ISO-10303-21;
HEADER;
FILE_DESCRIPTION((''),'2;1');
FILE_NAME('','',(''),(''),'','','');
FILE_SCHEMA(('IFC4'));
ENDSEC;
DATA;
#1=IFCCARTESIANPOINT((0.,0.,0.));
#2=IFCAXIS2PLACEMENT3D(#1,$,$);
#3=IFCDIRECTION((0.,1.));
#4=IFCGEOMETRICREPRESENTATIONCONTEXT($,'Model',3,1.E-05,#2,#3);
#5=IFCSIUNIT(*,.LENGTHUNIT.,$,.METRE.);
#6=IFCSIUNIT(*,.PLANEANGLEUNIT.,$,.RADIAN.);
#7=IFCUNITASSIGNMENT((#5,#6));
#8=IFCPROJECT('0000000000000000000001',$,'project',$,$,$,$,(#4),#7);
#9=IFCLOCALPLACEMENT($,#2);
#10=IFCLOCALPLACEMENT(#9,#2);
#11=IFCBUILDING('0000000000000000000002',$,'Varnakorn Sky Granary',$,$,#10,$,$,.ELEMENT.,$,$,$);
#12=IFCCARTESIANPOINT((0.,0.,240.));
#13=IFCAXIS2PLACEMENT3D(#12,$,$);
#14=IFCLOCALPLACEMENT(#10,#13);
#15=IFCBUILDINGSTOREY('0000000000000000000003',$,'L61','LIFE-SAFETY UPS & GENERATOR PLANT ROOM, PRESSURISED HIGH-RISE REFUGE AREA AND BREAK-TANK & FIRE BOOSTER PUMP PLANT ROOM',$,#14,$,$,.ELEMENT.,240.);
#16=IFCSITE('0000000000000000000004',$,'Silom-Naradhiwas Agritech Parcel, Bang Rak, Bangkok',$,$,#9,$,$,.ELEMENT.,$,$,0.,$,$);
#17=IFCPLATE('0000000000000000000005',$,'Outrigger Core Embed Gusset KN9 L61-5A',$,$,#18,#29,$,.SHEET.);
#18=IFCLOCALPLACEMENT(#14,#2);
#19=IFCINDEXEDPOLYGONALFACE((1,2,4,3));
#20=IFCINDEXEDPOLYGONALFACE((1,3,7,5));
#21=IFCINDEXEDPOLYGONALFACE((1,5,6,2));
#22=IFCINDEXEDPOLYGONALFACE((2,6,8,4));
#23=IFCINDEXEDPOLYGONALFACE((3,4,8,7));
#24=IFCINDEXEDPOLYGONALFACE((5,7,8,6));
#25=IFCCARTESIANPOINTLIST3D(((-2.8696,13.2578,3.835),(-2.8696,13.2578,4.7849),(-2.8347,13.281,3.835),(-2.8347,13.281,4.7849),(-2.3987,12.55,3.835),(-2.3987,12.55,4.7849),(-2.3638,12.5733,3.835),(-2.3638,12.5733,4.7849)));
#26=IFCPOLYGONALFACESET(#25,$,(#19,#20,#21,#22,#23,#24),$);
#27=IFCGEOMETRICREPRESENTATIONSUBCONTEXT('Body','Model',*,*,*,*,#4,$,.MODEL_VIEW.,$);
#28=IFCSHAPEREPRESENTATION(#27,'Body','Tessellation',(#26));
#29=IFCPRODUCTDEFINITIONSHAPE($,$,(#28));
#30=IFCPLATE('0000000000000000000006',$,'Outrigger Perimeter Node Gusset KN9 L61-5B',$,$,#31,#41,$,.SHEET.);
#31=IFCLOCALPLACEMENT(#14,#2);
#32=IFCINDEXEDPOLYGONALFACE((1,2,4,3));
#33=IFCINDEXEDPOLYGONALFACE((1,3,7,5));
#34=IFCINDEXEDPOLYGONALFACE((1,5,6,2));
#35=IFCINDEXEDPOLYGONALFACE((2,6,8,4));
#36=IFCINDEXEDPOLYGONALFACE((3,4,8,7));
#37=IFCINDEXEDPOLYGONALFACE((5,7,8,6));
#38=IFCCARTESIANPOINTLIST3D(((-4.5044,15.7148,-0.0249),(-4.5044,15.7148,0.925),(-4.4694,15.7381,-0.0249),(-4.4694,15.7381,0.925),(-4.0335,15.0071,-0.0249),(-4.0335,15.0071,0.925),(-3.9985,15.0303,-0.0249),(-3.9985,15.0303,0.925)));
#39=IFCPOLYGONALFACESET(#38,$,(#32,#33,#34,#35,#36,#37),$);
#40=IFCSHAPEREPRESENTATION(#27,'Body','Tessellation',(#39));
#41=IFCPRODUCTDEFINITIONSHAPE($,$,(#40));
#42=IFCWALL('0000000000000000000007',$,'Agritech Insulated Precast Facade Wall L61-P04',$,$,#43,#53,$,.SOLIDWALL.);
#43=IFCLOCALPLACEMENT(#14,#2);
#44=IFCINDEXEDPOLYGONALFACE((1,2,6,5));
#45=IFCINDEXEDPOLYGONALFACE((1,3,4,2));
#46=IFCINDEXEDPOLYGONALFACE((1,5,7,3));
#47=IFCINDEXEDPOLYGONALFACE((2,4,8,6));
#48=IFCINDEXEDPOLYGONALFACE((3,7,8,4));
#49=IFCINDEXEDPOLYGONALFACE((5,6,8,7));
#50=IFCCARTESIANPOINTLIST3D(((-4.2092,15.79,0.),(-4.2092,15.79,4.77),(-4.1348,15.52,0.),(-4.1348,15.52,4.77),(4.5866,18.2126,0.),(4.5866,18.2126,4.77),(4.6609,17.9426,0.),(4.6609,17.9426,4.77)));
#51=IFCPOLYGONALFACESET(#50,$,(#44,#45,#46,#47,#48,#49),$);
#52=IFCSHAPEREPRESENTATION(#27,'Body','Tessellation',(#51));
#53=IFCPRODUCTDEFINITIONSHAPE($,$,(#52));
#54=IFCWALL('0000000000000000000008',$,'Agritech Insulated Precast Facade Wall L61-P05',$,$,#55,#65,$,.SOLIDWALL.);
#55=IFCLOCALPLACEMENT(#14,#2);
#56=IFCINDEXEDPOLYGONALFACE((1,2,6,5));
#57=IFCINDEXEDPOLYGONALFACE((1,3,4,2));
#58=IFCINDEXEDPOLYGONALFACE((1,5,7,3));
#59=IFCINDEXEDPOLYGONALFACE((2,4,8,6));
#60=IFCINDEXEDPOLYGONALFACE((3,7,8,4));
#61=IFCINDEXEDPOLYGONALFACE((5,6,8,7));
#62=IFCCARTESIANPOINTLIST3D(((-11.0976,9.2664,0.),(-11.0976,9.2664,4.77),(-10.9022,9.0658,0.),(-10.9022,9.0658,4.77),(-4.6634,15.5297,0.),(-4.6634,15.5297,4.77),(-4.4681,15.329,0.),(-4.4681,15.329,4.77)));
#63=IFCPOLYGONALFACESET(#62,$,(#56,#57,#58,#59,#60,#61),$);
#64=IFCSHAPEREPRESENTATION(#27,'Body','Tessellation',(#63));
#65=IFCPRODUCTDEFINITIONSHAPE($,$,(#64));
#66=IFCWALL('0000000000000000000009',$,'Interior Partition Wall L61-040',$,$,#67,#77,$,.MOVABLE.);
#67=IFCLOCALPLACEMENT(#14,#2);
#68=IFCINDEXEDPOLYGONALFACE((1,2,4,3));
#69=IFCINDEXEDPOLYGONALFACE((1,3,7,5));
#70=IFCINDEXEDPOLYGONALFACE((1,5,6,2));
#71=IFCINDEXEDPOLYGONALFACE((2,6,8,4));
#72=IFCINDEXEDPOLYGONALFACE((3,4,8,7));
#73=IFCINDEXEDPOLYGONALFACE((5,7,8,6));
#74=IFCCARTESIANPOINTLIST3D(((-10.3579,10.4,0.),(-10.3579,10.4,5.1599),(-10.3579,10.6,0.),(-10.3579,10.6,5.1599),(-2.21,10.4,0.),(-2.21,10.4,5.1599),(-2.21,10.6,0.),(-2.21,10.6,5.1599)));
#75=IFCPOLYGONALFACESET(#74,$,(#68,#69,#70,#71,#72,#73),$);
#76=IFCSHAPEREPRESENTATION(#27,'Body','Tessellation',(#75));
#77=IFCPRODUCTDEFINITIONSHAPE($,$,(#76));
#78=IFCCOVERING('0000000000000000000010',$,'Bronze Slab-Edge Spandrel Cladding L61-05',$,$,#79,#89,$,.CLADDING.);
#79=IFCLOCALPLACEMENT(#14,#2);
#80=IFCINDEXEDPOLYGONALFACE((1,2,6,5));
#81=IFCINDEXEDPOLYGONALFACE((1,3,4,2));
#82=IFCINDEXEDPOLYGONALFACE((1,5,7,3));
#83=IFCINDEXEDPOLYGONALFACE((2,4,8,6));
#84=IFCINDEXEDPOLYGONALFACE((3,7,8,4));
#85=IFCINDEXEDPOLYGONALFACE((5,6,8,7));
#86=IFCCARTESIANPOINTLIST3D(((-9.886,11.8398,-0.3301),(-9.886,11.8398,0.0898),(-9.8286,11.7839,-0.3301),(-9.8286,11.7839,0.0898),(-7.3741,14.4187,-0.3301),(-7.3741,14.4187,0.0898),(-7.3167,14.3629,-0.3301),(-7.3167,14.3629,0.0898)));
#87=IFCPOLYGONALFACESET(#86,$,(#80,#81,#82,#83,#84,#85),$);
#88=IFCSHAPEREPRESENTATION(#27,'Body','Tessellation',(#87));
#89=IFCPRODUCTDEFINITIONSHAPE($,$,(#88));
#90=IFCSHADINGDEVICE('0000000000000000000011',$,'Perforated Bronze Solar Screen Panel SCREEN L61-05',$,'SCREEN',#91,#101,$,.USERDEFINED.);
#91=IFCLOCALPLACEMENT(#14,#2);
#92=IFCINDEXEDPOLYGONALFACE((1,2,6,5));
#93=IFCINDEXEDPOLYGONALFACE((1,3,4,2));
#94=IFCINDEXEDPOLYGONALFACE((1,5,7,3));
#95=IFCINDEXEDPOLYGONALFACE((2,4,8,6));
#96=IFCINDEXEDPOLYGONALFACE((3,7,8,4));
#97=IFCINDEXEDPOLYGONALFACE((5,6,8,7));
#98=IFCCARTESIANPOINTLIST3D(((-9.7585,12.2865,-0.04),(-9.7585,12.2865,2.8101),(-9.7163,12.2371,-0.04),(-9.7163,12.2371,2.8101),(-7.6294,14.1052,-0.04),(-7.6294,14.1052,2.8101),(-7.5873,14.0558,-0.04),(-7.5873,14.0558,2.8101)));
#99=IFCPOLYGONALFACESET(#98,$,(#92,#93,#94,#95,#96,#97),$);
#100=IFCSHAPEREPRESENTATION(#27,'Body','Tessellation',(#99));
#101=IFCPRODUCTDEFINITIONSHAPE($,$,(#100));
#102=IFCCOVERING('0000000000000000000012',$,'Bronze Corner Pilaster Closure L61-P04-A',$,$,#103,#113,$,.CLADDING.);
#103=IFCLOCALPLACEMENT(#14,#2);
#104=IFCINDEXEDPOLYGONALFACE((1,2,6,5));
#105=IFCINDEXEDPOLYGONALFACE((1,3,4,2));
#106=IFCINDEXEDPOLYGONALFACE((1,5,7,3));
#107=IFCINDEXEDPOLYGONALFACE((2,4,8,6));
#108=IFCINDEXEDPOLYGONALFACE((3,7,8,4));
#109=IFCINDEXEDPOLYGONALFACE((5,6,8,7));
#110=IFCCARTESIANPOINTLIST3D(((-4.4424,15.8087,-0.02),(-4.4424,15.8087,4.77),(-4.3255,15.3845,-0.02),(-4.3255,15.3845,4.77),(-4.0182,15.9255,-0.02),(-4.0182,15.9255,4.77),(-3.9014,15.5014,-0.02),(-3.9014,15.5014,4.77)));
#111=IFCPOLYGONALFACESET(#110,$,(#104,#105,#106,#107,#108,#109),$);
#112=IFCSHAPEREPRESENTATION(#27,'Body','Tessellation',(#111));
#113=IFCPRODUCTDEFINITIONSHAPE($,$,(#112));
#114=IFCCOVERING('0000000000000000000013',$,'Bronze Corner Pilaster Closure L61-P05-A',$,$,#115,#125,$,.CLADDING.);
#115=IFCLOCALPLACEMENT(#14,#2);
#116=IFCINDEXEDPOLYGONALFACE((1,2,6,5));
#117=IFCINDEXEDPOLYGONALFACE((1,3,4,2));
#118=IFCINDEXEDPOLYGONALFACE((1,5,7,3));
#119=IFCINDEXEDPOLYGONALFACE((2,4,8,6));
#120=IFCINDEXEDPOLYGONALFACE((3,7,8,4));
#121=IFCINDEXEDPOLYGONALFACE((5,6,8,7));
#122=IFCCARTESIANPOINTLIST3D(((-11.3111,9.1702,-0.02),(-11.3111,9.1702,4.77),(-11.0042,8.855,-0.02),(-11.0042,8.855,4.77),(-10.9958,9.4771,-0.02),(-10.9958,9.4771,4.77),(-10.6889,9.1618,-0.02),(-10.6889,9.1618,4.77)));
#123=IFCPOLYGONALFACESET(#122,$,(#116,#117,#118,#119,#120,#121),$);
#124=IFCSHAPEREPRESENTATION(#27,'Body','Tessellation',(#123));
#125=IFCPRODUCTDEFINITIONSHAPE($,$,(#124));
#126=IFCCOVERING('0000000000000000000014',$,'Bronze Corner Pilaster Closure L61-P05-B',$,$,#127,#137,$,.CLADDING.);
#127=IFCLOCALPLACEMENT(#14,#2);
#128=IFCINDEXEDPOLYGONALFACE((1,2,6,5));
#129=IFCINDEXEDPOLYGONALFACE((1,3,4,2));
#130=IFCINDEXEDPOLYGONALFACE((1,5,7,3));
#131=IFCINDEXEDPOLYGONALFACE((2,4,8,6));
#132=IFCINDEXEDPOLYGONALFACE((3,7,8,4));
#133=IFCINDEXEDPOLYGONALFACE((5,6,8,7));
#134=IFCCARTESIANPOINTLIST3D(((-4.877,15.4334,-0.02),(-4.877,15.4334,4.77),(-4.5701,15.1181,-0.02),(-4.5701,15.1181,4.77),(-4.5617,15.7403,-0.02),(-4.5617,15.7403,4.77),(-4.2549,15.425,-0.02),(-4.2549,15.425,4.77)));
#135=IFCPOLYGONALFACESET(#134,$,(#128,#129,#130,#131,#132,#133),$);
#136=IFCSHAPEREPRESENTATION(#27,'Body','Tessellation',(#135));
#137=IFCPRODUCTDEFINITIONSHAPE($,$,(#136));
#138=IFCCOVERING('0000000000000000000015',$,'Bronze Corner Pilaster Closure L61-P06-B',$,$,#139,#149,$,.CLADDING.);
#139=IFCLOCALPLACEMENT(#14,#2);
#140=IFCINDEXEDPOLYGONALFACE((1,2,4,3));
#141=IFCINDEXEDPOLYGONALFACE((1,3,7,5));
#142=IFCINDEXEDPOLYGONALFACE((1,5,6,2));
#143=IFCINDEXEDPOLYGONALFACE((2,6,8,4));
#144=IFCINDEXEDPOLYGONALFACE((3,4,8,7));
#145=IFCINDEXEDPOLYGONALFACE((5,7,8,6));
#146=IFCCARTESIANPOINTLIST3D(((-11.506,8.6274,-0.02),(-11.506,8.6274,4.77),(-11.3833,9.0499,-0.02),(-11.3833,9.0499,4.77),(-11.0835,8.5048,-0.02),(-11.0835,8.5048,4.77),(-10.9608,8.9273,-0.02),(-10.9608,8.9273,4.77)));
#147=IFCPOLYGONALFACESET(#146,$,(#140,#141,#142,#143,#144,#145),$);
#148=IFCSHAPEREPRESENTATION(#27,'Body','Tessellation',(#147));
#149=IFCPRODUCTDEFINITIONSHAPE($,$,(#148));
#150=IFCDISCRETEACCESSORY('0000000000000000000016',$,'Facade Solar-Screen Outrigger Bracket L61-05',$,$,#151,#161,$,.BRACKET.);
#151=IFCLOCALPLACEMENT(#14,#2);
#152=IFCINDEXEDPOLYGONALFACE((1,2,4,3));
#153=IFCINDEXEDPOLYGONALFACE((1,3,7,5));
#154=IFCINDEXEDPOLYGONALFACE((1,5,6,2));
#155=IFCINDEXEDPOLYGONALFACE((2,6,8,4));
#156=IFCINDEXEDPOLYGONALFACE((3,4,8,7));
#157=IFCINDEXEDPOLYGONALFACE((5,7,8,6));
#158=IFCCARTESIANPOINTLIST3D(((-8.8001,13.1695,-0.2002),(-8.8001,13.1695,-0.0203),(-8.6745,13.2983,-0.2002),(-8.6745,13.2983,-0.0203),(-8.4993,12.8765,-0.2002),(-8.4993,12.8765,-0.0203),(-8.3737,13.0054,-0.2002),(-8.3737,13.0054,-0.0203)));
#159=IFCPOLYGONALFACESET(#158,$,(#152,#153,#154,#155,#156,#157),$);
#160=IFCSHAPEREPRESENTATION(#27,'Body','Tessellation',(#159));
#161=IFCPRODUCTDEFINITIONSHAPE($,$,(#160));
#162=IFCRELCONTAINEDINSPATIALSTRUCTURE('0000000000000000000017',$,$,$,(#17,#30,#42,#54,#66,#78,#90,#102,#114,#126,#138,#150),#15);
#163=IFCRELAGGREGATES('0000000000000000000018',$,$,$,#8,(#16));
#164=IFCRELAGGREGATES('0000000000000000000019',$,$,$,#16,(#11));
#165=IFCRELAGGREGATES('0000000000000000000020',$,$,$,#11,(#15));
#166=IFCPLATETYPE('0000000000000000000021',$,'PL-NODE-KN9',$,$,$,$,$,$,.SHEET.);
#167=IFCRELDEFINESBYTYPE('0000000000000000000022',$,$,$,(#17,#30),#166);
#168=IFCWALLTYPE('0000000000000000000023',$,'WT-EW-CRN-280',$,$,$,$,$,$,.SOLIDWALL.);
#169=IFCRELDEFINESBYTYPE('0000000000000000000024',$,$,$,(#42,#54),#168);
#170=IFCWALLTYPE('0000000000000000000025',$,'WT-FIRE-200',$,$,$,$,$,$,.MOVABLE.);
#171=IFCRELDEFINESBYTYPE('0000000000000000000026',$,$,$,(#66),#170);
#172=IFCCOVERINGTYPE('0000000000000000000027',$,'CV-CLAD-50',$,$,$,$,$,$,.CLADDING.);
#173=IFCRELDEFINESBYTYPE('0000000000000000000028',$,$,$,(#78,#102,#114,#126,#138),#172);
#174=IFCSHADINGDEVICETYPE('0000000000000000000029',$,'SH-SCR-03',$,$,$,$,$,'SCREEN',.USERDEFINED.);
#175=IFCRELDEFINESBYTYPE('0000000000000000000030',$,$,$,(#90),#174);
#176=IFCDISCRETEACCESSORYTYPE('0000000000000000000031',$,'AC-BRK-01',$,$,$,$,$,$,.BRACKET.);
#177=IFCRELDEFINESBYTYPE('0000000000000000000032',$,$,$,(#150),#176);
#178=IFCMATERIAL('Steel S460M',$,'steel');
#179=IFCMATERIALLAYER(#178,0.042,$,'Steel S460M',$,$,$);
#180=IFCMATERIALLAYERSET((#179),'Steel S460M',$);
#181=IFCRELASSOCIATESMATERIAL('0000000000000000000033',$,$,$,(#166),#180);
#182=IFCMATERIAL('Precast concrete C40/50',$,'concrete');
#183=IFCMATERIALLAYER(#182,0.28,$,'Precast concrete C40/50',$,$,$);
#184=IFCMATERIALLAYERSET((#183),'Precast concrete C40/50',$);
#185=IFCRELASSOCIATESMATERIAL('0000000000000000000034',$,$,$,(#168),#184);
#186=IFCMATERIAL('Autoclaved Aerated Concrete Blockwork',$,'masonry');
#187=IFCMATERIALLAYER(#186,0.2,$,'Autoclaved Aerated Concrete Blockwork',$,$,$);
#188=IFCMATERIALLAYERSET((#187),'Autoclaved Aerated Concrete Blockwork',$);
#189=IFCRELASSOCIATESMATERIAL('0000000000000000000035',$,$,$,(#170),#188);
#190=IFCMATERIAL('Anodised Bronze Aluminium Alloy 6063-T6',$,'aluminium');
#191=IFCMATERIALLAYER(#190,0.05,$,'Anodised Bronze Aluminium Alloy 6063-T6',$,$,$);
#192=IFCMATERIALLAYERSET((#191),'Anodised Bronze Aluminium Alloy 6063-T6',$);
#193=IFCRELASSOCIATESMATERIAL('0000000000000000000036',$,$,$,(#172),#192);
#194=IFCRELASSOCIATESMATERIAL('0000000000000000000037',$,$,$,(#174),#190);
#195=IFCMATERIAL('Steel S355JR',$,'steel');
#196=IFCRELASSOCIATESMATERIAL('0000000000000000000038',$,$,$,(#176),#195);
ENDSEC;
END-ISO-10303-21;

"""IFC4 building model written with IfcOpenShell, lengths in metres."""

from ifc_helpers import new_model, si_unit, direction, frame, frame_2d, origin, origin_2d, place, context, subcontext, project, spatial, rectangle, extrude, source, transform, mapped, material, layer, layer_set, type_object, type_shapes, element, save


model = new_model("IFC4")

# Units and contexts
model_context = context("Model", 3, precision=1e-05, world=origin(), true_north=direction((0.0, 1.0)))
body_context = subcontext(model_context, "Body", "Model", "MODEL_VIEW")
ifc_project = project(units=[si_unit("LENGTHUNIT", "METRE"), si_unit("PLANEANGLEUNIT", "RADIAN")], contexts=[model_context])

# Site, building, storey
site_placement = place(None, origin())
site = spatial("IfcSite", under=ifc_project, at=site_placement, Name="Silom-Naradhiwas Agritech Parcel, Bang Rak, Bangkok", CompositionType="ELEMENT", RefElevation=0.0)
building_placement = place(site_placement, origin())
building = spatial("IfcBuilding", under=site, at=building_placement, Name="Varnakorn Sky Granary", CompositionType="ELEMENT")
storey_placement = place(building_placement, frame((0.0, 0.0, 240.0)))
storey = spatial("IfcBuildingStorey", under=building, at=storey_placement, Name="L61", Description="LIFE-SAFETY UPS & GENERATOR PLANT ROOM, PRESSURISED HIGH-RISE REFUGE AREA AND BREAK-TANK & FIRE BOOSTER PUMP PLANT ROOM", CompositionType="ELEMENT", Elevation=240.0)

# Shared definitions
ifc_material_1 = material(Name="Steel S460M", Category="steel")

# Shared definitions
ifc_material_2 = material(Name="Steel S355JR", Category="steel")

# Plates
ifc_layer_1 = layer(ifc_material_1, 0.042, Name="Steel S460M")
ifc_layer_set_1 = layer_set([ifc_layer_1], Name="Steel S460M")
plate_type_1 = type_object("IfcPlateType", Name="PL-NODE-KN9", PredefinedType="SHEET", material=ifc_layer_set_1)
for number, where, z_axis, x_axis, name in (
    (1, (-2.6167, 12.9155, 3.835), (0.0, 0.0, 1.0), (-0.553949, 0.83255, 0.0), "Outrigger Core Embed Gusset KN9 L61-5A"),
    (2, (-4.2515, 15.3726, -0.0249), (0.0, 0.0, 1.0), (-0.553949, 0.83255, 0.0), "Outrigger Perimeter Node Gusset KN9 L61-5B"),
):
    element("IfcPlate", number, at=place(storey_placement, frame(where, z_axis=z_axis, x_axis=x_axis)), inside=storey, type_object=plate_type_1, Name=name, PredefinedType="SHEET", context=body_context, shape_type="SweptSolid", body=[
        extrude(rectangle(XDim=0.8501, YDim=0.042, at=origin_2d()), origin(), (0.0, 0.0, 1.0), 0.95),
    ])

# Walls
ifc_material_3 = material(Name="Precast concrete C40/50", Category="concrete")
ifc_layer_2 = layer(ifc_material_3, 0.28, Name="Precast concrete C40/50")
ifc_layer_set_2 = layer_set([ifc_layer_2], Name="Precast concrete C40/50")
wall_type_1 = type_object("IfcWallType", Name="WT-EW-CRN-280", PredefinedType="SOLIDWALL", material=ifc_layer_set_2)
wall_1_placement = place(storey_placement, frame((-4.1719, 15.655, 0.0), z_axis=(0.0, 0.0, 1.0), x_axis=(0.964099, 0.265544, 0.0)))
element("IfcWall", 3, at=wall_1_placement, inside=storey, type_object=wall_type_1, Name="Agritech Insulated Precast Facade Wall L61-P04", PredefinedType="SOLIDWALL", context=body_context, shape_type="SweptSolid", body=[
    extrude(rectangle(XDim=9.1233, YDim=0.28, at=frame_2d((4.5615, 0.0))), origin(), (0.0, 0.0, 1.0), 4.77),
])
wall_2_placement = place(storey_placement, frame((-11.0, 9.166, 0.0), z_axis=(0.0, 0.0, 1.0), x_axis=(0.716559, 0.697526, 0.0)))
element("IfcWall", 4, at=wall_2_placement, inside=storey, type_object=wall_type_1, Name="Agritech Insulated Precast Facade Wall L61-P05", PredefinedType="SOLIDWALL", context=body_context, shape_type="SweptSolid", body=[
    extrude(rectangle(XDim=8.9792, YDim=0.28, at=frame_2d((4.4897, 0.0))), origin(), (0.0, 0.0, 1.0), 4.77),
])
ifc_material_4 = material(Name="Autoclaved Aerated Concrete Blockwork", Category="masonry")
ifc_layer_3 = layer(ifc_material_4, 0.2, Name="Autoclaved Aerated Concrete Blockwork")
ifc_layer_set_3 = layer_set([ifc_layer_3], Name="Autoclaved Aerated Concrete Blockwork")
wall_type_2 = type_object("IfcWallType", Name="WT-FIRE-200", PredefinedType="MOVABLE", material=ifc_layer_set_3)
wall_3_placement = place(storey_placement, frame((-10.3579, 10.5, 0.0), z_axis=(0.0, 0.0, 1.0), x_axis=(1.0, 0.0, 0.0)))
element("IfcWall", 5, at=wall_3_placement, inside=storey, type_object=wall_type_2, Name="Interior Partition Wall L61-040", PredefinedType="MOVABLE", context=body_context, shape_type="SweptSolid", body=[
    extrude(rectangle(XDim=8.1479, YDim=0.2, at=frame_2d((4.074, 0.0))), origin(), (0.0, 0.0, 1.0), 5.1599),
])

# Covering
ifc_material_5 = material(Name="Anodised Bronze Aluminium Alloy 6063-T6", Category="aluminium")
ifc_layer_4 = layer(ifc_material_5, 0.05, Name="Anodised Bronze Aluminium Alloy 6063-T6")
ifc_layer_set_4 = layer_set([ifc_layer_4], Name="Anodised Bronze Aluminium Alloy 6063-T6")
covering_type = type_object("IfcCoveringType", Name="CV-CLAD-50", PredefinedType="CLADDING", material=ifc_layer_set_4)
shared_shape_1 = source(origin(), body_context, "Body", "SweptSolid", [
    extrude(rectangle(XDim=3.6001, YDim=0.0801, at=origin_2d()), origin(), (0.0, 0.0, 1.0), 0.4199),
])
covering_placement = place(storey_placement, frame((-8.6013, 13.1013, -0.3301), z_axis=(0.0, 0.0, 1.0), x_axis=(-0.697731, -0.71636, 0.0)))
element("IfcCovering", 6, at=covering_placement, inside=storey, type_object=covering_type, Name="Bronze Slab-Edge Spandrel Cladding L61-05", PredefinedType="CLADDING", context=body_context, shape_type="MappedRepresentation", body=[
    mapped(shared_shape_1, transform((0.0, 0.0, 0.0), x_axis=(1.0, 0.0, 0.0), y_axis=(0.0, 1.0, 0.0), z_axis=(0.0, 0.0, 1.0), scale=1.0)),
])

# Shading device
shading_device_type = type_object("IfcShadingDeviceType", Name="SH-SCR-03", ElementType="SCREEN", PredefinedType="USERDEFINED", material=ifc_material_5)
shared_shape_2 = source(origin(), body_context, "Body", "SweptSolid", [
    extrude(rectangle(XDim=2.8, YDim=0.0649, at=origin_2d()), origin(), (0.0, 0.0, 1.0), 2.8501),
])
type_shapes(shading_device_type, [shared_shape_2])
shading_device_placement = place(storey_placement, frame((-8.6729, 13.1711, -0.04), z_axis=(0.0, 0.0, 1.0), x_axis=(-0.760352, -0.649511, 0.0)))
element("IfcShadingDevice", 7, at=shading_device_placement, inside=storey, type_object=shading_device_type, Name="Perforated Bronze Solar Screen Panel SCREEN L61-05", ObjectType="SCREEN", PredefinedType="USERDEFINED", context=body_context, shape_type="MappedRepresentation", body=[
    mapped(shared_shape_2, transform((0.0, 0.0, 0.0), x_axis=(1.0, 0.0, 0.0), y_axis=(0.0, 1.0, 0.0), z_axis=(0.0, 0.0, 1.0), scale=1.0)),
])

# Coverings
shared_shape_3 = source(origin(), body_context, "Body", "SweptSolid", [
    extrude(rectangle(XDim=0.4399, YDim=0.4399, at=origin_2d()), origin(), (0.0, 0.0, 1.0), 4.79),
])
type_shapes(covering_type, [shared_shape_1, shared_shape_3])
for number, where, z_axis, x_axis, name in (
    (8, (-4.1719, 15.655, -0.02), (0.0, 0.0, 1.0), (0.964095, 0.265556, 0.0), "Bronze Corner Pilaster Closure L61-P04-A"),
    (9, (-11.0, 9.166, -0.02), (0.0, 0.0, 1.0), (0.716545, 0.69754, 0.0), "Bronze Corner Pilaster Closure L61-P05-A"),
    (10, (-4.5659, 15.4292, -0.02), (0.0, 0.0, 1.0), (0.716545, 0.69754, 0.0), "Bronze Corner Pilaster Closure L61-P05-B"),
    (11, (-11.2334, 8.7773, -0.02), (0.0, 0.0, 1.0), (0.278823, 0.960342, 0.0), "Bronze Corner Pilaster Closure L61-P06-B"),
):
    element("IfcCovering", number, at=place(storey_placement, frame(where, z_axis=z_axis, x_axis=x_axis)), inside=storey, type_object=covering_type, Name=name, PredefinedType="CLADDING", context=body_context, shape_type="MappedRepresentation", body=[
        mapped(shared_shape_3, transform((0.0, 0.0, 0.0), x_axis=(1.0, 0.0, 0.0), y_axis=(0.0, 1.0, 0.0), z_axis=(0.0, 0.0, 1.0), scale=1.0)),
    ])

# Discrete accessory
discrete_accessory_type = type_object("IfcDiscreteAccessoryType", Name="AC-BRK-01", PredefinedType="BRACKET", material=ifc_material_2)
shared_shape_4 = source(origin(), body_context, "Body", "SweptSolid", [
    extrude(rectangle(XDim=0.1799, YDim=0.4199, at=origin_2d()), origin(), (0.0, 0.0, 1.0), 0.1799),
])
type_shapes(discrete_accessory_type, [shared_shape_4])
discrete_accessory_placement = place(storey_placement, frame((-8.5869, 13.0874, -0.2002), z_axis=(0.0, 0.0, 1.0), x_axis=(-0.697731, -0.71636, 0.0)))
element("IfcDiscreteAccessory", 12, at=discrete_accessory_placement, inside=storey, type_object=discrete_accessory_type, Name="Facade Solar-Screen Outrigger Bracket L61-05", PredefinedType="BRACKET", context=body_context, shape_type="MappedRepresentation", body=[
    mapped(shared_shape_4, transform((0.0, 0.0, 0.0), x_axis=(1.0, 0.0, 0.0), y_axis=(0.0, 1.0, 0.0), z_axis=(0.0, 0.0, 1.0), scale=1.0)),
])

save(model, "model.ifc")
